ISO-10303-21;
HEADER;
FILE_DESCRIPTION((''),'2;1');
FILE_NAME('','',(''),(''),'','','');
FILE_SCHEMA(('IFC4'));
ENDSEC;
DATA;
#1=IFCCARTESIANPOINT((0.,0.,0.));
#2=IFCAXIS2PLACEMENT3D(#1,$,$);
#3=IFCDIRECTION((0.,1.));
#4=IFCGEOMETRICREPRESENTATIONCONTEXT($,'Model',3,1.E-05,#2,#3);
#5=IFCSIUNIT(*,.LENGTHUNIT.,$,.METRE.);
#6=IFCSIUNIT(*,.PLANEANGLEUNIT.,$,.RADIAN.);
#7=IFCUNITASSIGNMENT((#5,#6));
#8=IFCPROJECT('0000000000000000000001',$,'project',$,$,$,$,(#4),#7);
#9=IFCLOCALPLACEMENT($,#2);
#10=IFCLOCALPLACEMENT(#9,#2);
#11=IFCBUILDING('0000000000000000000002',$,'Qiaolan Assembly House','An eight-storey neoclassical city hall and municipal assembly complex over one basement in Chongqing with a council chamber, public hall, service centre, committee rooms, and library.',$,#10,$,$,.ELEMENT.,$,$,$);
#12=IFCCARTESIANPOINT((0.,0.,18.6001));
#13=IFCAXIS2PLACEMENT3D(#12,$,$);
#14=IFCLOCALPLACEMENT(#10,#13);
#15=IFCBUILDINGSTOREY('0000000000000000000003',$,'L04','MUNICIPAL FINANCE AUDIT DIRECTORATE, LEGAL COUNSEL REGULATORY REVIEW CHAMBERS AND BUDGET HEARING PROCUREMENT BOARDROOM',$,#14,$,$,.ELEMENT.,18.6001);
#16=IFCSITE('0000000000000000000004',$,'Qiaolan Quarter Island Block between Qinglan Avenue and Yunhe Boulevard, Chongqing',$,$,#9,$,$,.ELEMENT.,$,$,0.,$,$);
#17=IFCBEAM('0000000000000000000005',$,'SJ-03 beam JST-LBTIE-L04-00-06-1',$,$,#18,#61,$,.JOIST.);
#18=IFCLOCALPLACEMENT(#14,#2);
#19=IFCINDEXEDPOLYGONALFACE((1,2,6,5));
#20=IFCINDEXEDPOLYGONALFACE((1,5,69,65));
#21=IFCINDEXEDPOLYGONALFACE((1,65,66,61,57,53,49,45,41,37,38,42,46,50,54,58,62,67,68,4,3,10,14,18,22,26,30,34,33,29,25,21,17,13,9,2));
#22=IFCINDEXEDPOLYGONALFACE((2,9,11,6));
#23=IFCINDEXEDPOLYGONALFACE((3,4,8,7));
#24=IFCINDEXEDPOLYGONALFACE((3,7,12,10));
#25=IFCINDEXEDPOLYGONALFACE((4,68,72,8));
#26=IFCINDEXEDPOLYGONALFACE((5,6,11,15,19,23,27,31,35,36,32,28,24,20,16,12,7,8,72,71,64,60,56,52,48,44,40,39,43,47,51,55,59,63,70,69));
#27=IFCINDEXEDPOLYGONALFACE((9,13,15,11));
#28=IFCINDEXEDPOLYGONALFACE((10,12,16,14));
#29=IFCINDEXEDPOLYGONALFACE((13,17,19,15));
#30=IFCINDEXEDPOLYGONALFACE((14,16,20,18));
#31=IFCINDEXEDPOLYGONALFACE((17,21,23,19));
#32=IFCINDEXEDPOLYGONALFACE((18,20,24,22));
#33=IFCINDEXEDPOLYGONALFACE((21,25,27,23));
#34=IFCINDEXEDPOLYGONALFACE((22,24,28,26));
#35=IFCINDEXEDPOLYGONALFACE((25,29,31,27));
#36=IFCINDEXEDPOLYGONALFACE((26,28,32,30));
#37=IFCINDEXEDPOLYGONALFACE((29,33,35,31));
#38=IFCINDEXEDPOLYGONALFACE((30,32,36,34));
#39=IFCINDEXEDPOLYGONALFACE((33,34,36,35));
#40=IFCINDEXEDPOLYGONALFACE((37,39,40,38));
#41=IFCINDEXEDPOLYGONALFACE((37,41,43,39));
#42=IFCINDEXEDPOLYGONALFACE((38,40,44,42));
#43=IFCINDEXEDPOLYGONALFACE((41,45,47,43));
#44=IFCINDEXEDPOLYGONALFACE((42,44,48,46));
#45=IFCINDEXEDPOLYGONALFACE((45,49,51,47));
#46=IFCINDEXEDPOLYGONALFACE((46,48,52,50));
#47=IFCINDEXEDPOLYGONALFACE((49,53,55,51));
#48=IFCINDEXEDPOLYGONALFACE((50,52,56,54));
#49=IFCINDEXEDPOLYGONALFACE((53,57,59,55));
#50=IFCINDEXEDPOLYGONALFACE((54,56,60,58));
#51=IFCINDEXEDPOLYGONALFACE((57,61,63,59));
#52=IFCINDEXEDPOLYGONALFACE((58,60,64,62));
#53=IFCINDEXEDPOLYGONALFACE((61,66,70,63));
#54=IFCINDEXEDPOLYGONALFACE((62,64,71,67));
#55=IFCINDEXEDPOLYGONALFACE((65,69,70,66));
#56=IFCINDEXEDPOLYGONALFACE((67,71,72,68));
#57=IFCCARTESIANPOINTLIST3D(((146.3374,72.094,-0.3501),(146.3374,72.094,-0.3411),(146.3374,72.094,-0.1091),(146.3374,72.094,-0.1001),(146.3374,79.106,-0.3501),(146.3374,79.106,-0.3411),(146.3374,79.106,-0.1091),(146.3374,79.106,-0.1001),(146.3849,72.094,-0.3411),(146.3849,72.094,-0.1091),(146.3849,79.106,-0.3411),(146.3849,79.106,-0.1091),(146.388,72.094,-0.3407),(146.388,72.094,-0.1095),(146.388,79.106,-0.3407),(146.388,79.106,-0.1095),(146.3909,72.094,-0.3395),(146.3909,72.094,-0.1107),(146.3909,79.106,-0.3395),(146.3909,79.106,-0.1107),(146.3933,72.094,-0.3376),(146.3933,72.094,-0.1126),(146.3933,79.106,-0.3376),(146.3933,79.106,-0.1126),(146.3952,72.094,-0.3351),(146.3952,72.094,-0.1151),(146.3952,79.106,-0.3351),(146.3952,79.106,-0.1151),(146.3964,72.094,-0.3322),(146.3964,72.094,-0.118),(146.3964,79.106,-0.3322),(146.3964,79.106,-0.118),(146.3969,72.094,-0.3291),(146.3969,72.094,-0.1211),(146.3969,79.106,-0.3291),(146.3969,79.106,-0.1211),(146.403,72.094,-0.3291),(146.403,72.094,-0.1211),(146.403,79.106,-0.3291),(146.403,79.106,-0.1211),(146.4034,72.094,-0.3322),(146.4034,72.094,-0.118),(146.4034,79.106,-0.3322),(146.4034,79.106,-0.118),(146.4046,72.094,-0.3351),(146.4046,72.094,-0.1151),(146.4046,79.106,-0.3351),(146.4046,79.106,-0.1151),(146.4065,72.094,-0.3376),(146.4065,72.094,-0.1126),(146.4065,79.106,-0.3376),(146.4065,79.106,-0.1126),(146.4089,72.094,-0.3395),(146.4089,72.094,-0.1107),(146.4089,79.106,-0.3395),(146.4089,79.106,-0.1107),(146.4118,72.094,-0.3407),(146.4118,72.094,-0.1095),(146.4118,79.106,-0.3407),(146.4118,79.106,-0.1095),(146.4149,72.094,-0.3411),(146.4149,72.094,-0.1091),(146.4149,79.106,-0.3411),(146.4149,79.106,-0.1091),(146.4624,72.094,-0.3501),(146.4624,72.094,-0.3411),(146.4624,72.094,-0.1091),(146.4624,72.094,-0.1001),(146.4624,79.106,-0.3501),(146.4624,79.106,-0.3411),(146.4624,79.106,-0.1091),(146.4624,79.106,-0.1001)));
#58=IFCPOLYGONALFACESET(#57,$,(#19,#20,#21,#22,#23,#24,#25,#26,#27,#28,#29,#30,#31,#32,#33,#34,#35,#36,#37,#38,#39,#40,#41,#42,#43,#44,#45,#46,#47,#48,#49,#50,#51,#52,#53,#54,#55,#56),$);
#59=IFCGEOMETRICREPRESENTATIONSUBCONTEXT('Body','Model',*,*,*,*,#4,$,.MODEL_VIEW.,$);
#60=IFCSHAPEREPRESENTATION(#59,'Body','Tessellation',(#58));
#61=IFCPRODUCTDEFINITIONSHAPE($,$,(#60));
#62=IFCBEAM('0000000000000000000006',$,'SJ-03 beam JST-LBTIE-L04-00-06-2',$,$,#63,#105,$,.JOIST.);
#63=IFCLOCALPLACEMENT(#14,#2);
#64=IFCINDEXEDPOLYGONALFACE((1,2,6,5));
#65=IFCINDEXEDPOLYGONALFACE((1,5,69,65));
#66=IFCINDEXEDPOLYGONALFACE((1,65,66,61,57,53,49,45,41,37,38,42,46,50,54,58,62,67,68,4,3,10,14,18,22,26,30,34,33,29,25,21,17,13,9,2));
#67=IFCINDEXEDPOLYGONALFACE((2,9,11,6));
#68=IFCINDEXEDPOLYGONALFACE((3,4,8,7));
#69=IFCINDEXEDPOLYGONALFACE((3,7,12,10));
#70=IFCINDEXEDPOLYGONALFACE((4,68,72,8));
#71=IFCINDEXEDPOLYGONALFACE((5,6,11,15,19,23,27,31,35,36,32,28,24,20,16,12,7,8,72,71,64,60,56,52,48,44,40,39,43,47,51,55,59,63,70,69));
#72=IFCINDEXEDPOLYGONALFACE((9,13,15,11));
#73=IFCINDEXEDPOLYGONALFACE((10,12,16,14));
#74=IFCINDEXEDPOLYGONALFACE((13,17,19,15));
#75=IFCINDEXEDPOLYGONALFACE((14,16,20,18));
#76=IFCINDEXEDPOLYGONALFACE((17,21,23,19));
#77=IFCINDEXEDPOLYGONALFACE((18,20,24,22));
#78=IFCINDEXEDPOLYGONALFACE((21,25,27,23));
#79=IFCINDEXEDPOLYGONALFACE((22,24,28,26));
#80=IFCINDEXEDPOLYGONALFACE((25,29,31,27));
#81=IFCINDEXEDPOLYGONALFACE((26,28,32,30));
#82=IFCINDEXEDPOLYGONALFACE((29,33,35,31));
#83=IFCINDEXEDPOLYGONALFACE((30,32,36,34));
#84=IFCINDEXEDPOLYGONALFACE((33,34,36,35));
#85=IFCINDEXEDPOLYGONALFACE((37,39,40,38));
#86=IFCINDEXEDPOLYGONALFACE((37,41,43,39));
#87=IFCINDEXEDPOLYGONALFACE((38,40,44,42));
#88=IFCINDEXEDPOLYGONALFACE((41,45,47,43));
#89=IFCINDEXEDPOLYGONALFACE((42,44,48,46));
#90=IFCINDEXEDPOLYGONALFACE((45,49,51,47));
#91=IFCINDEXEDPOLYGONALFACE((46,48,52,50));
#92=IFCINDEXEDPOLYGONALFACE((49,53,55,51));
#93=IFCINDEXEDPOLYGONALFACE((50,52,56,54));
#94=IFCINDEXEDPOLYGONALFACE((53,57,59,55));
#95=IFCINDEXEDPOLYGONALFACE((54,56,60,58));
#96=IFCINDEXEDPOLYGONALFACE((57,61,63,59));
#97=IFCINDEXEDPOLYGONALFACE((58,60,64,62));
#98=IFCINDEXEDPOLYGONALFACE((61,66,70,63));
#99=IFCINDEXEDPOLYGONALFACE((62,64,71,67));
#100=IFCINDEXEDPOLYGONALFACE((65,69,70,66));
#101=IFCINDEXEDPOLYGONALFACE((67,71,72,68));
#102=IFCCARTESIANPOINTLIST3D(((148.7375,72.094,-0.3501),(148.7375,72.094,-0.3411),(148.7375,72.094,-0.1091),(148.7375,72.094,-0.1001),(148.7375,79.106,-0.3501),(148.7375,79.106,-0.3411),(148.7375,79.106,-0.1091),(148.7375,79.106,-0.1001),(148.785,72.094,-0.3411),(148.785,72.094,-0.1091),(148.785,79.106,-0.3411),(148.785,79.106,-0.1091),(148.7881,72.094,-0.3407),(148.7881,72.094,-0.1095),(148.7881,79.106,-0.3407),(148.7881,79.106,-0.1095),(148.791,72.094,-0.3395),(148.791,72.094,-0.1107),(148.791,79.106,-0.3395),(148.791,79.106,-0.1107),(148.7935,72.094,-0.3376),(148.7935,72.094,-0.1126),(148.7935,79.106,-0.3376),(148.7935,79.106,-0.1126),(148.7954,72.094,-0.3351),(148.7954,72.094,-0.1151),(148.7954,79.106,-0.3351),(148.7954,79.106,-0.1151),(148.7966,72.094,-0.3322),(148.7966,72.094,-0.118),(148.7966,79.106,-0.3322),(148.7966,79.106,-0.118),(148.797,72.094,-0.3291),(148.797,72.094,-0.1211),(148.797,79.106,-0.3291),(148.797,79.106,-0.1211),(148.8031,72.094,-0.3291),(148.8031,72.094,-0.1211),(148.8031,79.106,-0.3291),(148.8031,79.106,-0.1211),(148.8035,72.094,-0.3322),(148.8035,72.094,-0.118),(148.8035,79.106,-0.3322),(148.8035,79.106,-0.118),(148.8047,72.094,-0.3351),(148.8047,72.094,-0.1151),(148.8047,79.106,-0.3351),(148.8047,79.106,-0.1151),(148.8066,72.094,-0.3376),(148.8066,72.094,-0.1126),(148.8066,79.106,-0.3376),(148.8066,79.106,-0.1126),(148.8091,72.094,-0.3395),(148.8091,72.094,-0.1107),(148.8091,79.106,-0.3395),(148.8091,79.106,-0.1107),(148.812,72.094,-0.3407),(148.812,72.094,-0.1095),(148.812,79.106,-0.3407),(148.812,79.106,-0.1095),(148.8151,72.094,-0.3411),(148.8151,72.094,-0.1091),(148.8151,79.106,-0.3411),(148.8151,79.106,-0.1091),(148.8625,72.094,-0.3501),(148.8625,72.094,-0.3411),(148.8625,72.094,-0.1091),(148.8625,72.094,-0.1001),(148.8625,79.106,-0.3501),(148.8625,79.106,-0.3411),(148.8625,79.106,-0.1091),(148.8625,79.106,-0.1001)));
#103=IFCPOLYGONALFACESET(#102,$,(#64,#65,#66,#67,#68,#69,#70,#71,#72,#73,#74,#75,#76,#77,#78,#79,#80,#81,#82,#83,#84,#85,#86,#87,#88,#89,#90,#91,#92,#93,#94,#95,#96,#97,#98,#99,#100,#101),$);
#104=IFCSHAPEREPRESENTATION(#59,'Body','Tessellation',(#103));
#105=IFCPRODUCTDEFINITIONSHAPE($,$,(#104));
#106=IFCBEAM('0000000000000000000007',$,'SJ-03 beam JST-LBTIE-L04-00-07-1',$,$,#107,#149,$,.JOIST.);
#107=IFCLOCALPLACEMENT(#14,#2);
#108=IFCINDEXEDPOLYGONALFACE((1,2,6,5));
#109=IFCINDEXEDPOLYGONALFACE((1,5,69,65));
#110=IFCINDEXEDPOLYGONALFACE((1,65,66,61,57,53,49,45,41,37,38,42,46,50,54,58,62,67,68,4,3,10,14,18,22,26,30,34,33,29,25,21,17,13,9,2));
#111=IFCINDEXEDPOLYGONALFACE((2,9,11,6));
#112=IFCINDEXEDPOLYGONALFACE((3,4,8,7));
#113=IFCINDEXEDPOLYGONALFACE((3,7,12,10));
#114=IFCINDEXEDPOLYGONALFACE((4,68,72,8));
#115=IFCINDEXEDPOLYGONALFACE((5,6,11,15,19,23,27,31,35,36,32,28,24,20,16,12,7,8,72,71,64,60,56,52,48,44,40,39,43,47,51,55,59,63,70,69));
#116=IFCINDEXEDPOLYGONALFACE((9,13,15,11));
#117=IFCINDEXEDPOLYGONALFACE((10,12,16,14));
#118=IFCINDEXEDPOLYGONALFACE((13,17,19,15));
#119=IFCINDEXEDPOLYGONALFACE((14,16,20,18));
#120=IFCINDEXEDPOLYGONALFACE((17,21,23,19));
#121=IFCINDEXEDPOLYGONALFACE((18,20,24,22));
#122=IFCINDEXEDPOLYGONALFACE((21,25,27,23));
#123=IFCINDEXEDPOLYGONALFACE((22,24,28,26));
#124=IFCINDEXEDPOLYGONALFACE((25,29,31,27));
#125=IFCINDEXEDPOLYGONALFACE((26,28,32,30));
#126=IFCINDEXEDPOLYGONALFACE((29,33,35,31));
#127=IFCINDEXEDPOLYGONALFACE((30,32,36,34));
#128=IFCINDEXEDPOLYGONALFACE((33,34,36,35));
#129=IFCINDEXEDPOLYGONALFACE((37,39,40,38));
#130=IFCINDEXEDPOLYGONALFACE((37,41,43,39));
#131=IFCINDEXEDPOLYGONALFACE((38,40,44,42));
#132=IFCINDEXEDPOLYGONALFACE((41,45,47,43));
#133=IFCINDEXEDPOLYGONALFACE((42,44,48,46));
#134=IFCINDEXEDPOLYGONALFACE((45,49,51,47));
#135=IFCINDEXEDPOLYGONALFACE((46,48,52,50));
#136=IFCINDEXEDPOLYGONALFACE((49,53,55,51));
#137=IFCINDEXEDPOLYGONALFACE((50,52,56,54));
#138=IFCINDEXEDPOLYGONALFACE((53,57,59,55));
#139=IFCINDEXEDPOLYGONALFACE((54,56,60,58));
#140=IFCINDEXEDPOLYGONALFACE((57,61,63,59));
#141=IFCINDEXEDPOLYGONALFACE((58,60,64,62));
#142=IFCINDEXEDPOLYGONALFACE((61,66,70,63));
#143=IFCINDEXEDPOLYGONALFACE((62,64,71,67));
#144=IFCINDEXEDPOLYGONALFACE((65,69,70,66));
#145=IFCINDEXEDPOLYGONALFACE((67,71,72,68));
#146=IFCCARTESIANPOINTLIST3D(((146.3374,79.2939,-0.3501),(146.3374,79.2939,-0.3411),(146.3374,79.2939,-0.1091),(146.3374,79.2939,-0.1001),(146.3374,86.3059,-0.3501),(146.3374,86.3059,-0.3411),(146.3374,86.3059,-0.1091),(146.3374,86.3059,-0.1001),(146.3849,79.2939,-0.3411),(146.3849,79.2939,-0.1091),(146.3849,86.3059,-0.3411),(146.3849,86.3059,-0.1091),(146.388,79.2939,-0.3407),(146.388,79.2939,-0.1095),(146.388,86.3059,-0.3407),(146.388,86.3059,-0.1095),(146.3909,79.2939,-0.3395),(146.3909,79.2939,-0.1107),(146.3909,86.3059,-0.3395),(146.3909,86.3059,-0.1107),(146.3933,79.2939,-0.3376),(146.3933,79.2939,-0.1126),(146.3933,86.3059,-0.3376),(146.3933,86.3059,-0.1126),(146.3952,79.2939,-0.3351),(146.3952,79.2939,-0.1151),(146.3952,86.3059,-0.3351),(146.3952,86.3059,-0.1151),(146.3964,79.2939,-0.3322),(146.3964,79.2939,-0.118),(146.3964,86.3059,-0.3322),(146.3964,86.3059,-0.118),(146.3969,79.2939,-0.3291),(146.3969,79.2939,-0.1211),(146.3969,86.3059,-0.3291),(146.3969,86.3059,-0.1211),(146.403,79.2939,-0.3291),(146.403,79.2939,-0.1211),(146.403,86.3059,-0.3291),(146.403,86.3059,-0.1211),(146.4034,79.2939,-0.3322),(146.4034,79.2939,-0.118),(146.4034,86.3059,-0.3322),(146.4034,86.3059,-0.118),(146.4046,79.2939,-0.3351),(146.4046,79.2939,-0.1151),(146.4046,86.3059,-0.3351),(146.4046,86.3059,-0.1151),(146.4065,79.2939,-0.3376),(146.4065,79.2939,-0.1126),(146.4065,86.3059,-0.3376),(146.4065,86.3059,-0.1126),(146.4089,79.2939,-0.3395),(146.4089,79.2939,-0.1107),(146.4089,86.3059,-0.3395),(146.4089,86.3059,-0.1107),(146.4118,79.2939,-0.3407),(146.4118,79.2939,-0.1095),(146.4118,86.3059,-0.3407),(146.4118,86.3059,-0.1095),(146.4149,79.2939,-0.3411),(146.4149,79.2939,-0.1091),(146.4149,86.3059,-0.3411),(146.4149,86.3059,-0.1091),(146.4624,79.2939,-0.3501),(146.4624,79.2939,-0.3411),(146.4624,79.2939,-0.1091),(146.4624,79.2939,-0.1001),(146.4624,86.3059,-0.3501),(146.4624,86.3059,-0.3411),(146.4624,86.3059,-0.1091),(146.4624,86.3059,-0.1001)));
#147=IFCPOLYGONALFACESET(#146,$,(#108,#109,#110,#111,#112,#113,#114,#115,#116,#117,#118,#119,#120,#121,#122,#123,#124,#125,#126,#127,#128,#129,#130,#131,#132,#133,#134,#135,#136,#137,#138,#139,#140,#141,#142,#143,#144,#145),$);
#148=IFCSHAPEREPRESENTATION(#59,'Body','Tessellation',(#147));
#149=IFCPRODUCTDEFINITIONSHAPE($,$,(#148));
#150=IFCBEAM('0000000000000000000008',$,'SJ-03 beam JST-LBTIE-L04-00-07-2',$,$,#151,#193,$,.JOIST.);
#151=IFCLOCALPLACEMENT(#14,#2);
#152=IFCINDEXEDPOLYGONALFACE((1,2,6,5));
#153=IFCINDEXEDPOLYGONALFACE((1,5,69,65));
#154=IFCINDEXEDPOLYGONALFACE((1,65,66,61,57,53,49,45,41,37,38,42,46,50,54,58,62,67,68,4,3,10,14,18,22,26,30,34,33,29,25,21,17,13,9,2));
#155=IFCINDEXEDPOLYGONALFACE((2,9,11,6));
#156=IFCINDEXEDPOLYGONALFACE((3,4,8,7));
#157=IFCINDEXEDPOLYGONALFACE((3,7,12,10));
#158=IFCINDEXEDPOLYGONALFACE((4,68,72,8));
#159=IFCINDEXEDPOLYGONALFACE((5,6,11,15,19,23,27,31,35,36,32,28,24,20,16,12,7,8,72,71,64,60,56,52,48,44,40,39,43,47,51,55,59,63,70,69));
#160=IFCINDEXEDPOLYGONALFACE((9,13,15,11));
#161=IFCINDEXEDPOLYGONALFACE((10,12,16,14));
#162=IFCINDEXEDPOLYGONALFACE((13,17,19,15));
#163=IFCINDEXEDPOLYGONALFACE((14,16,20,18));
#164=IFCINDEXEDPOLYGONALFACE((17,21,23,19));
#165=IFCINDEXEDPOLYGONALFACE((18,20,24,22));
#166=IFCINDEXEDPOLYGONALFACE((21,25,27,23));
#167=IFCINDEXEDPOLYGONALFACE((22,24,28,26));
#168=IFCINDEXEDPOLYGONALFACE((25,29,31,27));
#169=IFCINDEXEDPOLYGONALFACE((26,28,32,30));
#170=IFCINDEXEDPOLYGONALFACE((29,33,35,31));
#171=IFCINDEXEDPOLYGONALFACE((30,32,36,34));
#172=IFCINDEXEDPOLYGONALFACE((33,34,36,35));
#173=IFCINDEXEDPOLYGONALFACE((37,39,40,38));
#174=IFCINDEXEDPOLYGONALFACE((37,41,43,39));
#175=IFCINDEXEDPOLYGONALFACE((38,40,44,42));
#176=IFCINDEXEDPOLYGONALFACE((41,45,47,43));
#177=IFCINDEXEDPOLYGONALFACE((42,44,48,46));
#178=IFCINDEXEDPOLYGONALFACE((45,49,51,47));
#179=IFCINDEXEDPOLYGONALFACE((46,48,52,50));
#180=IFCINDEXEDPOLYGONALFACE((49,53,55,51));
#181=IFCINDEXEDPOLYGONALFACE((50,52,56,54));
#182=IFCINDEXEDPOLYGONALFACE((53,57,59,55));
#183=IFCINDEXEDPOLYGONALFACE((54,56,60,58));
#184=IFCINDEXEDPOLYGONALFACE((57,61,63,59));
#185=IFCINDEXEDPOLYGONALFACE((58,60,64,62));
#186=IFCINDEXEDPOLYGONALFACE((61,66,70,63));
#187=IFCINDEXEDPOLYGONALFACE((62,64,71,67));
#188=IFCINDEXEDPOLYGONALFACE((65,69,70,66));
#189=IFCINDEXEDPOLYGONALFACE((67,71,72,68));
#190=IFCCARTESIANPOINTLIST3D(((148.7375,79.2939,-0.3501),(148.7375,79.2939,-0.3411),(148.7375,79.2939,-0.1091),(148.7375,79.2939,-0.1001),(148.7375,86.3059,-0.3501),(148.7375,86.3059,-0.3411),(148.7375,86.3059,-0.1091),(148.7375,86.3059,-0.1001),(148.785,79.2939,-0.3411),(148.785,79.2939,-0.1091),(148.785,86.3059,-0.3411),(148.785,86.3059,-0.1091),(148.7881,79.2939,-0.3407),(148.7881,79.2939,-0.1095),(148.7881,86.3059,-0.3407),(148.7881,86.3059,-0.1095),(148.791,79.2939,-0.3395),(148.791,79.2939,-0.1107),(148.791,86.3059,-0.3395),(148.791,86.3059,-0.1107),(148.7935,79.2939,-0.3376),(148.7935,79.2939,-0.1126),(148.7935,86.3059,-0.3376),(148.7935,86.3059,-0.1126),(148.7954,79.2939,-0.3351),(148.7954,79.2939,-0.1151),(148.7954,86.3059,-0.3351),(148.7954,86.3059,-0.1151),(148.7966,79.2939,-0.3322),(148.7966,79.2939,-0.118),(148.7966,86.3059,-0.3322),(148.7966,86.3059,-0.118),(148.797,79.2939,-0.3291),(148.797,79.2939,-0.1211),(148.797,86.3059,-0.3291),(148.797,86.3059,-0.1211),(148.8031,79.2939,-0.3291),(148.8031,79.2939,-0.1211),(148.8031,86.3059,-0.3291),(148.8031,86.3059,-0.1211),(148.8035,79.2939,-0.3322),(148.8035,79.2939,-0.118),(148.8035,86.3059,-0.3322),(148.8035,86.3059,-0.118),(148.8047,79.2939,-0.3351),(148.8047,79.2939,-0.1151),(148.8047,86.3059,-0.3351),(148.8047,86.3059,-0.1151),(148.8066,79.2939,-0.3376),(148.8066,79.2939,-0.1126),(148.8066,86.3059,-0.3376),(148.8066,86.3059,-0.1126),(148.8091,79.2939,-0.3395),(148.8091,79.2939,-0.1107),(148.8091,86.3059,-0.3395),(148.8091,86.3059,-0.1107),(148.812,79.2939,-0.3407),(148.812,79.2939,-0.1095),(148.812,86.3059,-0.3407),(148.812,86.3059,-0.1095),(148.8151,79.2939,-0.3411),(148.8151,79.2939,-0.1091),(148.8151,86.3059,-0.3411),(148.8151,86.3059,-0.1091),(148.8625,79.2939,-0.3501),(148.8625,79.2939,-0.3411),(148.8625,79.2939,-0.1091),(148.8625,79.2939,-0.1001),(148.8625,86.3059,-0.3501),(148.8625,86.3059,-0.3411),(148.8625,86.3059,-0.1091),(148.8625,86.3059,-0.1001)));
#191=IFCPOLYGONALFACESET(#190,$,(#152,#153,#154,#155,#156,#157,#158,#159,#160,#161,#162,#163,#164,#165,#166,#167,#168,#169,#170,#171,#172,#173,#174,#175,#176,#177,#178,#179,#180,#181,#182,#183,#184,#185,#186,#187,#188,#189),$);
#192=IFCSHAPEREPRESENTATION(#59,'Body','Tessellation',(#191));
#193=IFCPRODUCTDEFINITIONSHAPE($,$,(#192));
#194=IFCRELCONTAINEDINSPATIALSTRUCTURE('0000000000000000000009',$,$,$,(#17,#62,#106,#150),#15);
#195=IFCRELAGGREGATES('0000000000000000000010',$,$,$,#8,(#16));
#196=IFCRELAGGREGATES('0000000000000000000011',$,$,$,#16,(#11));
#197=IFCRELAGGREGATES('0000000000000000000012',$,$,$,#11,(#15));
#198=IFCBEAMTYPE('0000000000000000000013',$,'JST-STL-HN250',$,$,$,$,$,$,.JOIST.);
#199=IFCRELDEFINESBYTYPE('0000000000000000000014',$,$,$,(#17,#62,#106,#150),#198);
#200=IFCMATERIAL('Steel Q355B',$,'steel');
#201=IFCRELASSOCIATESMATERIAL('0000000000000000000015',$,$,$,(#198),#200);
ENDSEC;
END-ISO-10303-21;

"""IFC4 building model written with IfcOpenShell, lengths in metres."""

from ifc_helpers import new_model, si_unit, direction, frame, origin, origin_2d, place, context, subcontext, project, spatial, i_section, extrude, material, material_profile, profile_set, type_object, element, save


model = new_model("IFC4")

# Units and contexts
model_context = context("Model", 3, precision=1e-05, world=origin(), true_north=direction((0.0, 1.0)))
body_context = subcontext(model_context, "Body", "Model", "MODEL_VIEW")
ifc_project = project(units=[si_unit("LENGTHUNIT", "METRE"), si_unit("PLANEANGLEUNIT", "RADIAN")], contexts=[model_context])

# Site, building, storey
site_placement = place(None, origin())
site = spatial("IfcSite", under=ifc_project, at=site_placement, Name="Qiaolan Quarter Island Block between Qinglan Avenue and Yunhe Boulevard, Chongqing", CompositionType="ELEMENT", RefElevation=0.0)
building_placement = place(site_placement, origin())
building = spatial("IfcBuilding", under=site, at=building_placement, Name="Qiaolan Assembly House", Description="An eight-storey neoclassical city hall and municipal assembly complex over one basement in Chongqing with a council chamber, public hall, service centre, committee rooms, and library.", CompositionType="ELEMENT")
storey_placement = place(building_placement, frame((0.0, 0.0, 18.6001)))
storey = spatial("IfcBuildingStorey", under=building, at=storey_placement, Name="L04", Description="MUNICIPAL FINANCE AUDIT DIRECTORATE, LEGAL COUNSEL REGULATORY REVIEW CHAMBERS AND BUDGET HEARING PROCUREMENT BOARDROOM", CompositionType="ELEMENT", Elevation=18.6001)

# Beams
ifc_material = material(Name="Steel Q355B", Category="steel")
ifc_material_profile_1 = material_profile(ifc_material, i_section(OverallWidth=0.125, OverallDepth=0.25, WebThickness=0.0061, FlangeThickness=0.009, FilletRadius=0.012, at=origin_2d()), Name="HN 250x125x6x9")
ifc_profile_set_1 = profile_set([ifc_material_profile_1], Name="Steel Q355B")
beam_type_1 = type_object("IfcBeamType", Name="JST-STL-HN250", PredefinedType="JOIST", material=ifc_profile_set_1)
for number, where, z_axis, x_axis, name in (
    (1, (146.3999, 72.094, -0.2251), (0.0, 1.0, 0.0), (-1.0, 0.0, 0.0), "SJ-03 beam JST-LBTIE-L04-00-06-1"),
    (2, (148.8, 72.094, -0.2251), (0.0, 1.0, 0.0), (-1.0, 0.0, 0.0), "SJ-03 beam JST-LBTIE-L04-00-06-2"),
    (3, (146.3999, 79.2939, -0.2251), (0.0, 1.0, 0.0), (-1.0, 0.0, 0.0), "SJ-03 beam JST-LBTIE-L04-00-07-1"),
    (4, (148.8, 79.2939, -0.2251), (0.0, 1.0, 0.0), (-1.0, 0.0, 0.0), "SJ-03 beam JST-LBTIE-L04-00-07-2"),
):
    element("IfcBeam", number, at=place(storey_placement, frame(where, z_axis=z_axis, x_axis=x_axis)), inside=storey, type_object=beam_type_1, Name=name, PredefinedType="JOIST", context=body_context, shape_type="SweptSolid", body=[
        extrude(i_section(OverallWidth=0.125, OverallDepth=0.25, WebThickness=0.0061, FlangeThickness=0.009, FilletRadius=0.012, at=origin_2d()), origin(), (0.0, 0.0, 1.0), 7.012),
    ])

save(model, "model.ifc")
